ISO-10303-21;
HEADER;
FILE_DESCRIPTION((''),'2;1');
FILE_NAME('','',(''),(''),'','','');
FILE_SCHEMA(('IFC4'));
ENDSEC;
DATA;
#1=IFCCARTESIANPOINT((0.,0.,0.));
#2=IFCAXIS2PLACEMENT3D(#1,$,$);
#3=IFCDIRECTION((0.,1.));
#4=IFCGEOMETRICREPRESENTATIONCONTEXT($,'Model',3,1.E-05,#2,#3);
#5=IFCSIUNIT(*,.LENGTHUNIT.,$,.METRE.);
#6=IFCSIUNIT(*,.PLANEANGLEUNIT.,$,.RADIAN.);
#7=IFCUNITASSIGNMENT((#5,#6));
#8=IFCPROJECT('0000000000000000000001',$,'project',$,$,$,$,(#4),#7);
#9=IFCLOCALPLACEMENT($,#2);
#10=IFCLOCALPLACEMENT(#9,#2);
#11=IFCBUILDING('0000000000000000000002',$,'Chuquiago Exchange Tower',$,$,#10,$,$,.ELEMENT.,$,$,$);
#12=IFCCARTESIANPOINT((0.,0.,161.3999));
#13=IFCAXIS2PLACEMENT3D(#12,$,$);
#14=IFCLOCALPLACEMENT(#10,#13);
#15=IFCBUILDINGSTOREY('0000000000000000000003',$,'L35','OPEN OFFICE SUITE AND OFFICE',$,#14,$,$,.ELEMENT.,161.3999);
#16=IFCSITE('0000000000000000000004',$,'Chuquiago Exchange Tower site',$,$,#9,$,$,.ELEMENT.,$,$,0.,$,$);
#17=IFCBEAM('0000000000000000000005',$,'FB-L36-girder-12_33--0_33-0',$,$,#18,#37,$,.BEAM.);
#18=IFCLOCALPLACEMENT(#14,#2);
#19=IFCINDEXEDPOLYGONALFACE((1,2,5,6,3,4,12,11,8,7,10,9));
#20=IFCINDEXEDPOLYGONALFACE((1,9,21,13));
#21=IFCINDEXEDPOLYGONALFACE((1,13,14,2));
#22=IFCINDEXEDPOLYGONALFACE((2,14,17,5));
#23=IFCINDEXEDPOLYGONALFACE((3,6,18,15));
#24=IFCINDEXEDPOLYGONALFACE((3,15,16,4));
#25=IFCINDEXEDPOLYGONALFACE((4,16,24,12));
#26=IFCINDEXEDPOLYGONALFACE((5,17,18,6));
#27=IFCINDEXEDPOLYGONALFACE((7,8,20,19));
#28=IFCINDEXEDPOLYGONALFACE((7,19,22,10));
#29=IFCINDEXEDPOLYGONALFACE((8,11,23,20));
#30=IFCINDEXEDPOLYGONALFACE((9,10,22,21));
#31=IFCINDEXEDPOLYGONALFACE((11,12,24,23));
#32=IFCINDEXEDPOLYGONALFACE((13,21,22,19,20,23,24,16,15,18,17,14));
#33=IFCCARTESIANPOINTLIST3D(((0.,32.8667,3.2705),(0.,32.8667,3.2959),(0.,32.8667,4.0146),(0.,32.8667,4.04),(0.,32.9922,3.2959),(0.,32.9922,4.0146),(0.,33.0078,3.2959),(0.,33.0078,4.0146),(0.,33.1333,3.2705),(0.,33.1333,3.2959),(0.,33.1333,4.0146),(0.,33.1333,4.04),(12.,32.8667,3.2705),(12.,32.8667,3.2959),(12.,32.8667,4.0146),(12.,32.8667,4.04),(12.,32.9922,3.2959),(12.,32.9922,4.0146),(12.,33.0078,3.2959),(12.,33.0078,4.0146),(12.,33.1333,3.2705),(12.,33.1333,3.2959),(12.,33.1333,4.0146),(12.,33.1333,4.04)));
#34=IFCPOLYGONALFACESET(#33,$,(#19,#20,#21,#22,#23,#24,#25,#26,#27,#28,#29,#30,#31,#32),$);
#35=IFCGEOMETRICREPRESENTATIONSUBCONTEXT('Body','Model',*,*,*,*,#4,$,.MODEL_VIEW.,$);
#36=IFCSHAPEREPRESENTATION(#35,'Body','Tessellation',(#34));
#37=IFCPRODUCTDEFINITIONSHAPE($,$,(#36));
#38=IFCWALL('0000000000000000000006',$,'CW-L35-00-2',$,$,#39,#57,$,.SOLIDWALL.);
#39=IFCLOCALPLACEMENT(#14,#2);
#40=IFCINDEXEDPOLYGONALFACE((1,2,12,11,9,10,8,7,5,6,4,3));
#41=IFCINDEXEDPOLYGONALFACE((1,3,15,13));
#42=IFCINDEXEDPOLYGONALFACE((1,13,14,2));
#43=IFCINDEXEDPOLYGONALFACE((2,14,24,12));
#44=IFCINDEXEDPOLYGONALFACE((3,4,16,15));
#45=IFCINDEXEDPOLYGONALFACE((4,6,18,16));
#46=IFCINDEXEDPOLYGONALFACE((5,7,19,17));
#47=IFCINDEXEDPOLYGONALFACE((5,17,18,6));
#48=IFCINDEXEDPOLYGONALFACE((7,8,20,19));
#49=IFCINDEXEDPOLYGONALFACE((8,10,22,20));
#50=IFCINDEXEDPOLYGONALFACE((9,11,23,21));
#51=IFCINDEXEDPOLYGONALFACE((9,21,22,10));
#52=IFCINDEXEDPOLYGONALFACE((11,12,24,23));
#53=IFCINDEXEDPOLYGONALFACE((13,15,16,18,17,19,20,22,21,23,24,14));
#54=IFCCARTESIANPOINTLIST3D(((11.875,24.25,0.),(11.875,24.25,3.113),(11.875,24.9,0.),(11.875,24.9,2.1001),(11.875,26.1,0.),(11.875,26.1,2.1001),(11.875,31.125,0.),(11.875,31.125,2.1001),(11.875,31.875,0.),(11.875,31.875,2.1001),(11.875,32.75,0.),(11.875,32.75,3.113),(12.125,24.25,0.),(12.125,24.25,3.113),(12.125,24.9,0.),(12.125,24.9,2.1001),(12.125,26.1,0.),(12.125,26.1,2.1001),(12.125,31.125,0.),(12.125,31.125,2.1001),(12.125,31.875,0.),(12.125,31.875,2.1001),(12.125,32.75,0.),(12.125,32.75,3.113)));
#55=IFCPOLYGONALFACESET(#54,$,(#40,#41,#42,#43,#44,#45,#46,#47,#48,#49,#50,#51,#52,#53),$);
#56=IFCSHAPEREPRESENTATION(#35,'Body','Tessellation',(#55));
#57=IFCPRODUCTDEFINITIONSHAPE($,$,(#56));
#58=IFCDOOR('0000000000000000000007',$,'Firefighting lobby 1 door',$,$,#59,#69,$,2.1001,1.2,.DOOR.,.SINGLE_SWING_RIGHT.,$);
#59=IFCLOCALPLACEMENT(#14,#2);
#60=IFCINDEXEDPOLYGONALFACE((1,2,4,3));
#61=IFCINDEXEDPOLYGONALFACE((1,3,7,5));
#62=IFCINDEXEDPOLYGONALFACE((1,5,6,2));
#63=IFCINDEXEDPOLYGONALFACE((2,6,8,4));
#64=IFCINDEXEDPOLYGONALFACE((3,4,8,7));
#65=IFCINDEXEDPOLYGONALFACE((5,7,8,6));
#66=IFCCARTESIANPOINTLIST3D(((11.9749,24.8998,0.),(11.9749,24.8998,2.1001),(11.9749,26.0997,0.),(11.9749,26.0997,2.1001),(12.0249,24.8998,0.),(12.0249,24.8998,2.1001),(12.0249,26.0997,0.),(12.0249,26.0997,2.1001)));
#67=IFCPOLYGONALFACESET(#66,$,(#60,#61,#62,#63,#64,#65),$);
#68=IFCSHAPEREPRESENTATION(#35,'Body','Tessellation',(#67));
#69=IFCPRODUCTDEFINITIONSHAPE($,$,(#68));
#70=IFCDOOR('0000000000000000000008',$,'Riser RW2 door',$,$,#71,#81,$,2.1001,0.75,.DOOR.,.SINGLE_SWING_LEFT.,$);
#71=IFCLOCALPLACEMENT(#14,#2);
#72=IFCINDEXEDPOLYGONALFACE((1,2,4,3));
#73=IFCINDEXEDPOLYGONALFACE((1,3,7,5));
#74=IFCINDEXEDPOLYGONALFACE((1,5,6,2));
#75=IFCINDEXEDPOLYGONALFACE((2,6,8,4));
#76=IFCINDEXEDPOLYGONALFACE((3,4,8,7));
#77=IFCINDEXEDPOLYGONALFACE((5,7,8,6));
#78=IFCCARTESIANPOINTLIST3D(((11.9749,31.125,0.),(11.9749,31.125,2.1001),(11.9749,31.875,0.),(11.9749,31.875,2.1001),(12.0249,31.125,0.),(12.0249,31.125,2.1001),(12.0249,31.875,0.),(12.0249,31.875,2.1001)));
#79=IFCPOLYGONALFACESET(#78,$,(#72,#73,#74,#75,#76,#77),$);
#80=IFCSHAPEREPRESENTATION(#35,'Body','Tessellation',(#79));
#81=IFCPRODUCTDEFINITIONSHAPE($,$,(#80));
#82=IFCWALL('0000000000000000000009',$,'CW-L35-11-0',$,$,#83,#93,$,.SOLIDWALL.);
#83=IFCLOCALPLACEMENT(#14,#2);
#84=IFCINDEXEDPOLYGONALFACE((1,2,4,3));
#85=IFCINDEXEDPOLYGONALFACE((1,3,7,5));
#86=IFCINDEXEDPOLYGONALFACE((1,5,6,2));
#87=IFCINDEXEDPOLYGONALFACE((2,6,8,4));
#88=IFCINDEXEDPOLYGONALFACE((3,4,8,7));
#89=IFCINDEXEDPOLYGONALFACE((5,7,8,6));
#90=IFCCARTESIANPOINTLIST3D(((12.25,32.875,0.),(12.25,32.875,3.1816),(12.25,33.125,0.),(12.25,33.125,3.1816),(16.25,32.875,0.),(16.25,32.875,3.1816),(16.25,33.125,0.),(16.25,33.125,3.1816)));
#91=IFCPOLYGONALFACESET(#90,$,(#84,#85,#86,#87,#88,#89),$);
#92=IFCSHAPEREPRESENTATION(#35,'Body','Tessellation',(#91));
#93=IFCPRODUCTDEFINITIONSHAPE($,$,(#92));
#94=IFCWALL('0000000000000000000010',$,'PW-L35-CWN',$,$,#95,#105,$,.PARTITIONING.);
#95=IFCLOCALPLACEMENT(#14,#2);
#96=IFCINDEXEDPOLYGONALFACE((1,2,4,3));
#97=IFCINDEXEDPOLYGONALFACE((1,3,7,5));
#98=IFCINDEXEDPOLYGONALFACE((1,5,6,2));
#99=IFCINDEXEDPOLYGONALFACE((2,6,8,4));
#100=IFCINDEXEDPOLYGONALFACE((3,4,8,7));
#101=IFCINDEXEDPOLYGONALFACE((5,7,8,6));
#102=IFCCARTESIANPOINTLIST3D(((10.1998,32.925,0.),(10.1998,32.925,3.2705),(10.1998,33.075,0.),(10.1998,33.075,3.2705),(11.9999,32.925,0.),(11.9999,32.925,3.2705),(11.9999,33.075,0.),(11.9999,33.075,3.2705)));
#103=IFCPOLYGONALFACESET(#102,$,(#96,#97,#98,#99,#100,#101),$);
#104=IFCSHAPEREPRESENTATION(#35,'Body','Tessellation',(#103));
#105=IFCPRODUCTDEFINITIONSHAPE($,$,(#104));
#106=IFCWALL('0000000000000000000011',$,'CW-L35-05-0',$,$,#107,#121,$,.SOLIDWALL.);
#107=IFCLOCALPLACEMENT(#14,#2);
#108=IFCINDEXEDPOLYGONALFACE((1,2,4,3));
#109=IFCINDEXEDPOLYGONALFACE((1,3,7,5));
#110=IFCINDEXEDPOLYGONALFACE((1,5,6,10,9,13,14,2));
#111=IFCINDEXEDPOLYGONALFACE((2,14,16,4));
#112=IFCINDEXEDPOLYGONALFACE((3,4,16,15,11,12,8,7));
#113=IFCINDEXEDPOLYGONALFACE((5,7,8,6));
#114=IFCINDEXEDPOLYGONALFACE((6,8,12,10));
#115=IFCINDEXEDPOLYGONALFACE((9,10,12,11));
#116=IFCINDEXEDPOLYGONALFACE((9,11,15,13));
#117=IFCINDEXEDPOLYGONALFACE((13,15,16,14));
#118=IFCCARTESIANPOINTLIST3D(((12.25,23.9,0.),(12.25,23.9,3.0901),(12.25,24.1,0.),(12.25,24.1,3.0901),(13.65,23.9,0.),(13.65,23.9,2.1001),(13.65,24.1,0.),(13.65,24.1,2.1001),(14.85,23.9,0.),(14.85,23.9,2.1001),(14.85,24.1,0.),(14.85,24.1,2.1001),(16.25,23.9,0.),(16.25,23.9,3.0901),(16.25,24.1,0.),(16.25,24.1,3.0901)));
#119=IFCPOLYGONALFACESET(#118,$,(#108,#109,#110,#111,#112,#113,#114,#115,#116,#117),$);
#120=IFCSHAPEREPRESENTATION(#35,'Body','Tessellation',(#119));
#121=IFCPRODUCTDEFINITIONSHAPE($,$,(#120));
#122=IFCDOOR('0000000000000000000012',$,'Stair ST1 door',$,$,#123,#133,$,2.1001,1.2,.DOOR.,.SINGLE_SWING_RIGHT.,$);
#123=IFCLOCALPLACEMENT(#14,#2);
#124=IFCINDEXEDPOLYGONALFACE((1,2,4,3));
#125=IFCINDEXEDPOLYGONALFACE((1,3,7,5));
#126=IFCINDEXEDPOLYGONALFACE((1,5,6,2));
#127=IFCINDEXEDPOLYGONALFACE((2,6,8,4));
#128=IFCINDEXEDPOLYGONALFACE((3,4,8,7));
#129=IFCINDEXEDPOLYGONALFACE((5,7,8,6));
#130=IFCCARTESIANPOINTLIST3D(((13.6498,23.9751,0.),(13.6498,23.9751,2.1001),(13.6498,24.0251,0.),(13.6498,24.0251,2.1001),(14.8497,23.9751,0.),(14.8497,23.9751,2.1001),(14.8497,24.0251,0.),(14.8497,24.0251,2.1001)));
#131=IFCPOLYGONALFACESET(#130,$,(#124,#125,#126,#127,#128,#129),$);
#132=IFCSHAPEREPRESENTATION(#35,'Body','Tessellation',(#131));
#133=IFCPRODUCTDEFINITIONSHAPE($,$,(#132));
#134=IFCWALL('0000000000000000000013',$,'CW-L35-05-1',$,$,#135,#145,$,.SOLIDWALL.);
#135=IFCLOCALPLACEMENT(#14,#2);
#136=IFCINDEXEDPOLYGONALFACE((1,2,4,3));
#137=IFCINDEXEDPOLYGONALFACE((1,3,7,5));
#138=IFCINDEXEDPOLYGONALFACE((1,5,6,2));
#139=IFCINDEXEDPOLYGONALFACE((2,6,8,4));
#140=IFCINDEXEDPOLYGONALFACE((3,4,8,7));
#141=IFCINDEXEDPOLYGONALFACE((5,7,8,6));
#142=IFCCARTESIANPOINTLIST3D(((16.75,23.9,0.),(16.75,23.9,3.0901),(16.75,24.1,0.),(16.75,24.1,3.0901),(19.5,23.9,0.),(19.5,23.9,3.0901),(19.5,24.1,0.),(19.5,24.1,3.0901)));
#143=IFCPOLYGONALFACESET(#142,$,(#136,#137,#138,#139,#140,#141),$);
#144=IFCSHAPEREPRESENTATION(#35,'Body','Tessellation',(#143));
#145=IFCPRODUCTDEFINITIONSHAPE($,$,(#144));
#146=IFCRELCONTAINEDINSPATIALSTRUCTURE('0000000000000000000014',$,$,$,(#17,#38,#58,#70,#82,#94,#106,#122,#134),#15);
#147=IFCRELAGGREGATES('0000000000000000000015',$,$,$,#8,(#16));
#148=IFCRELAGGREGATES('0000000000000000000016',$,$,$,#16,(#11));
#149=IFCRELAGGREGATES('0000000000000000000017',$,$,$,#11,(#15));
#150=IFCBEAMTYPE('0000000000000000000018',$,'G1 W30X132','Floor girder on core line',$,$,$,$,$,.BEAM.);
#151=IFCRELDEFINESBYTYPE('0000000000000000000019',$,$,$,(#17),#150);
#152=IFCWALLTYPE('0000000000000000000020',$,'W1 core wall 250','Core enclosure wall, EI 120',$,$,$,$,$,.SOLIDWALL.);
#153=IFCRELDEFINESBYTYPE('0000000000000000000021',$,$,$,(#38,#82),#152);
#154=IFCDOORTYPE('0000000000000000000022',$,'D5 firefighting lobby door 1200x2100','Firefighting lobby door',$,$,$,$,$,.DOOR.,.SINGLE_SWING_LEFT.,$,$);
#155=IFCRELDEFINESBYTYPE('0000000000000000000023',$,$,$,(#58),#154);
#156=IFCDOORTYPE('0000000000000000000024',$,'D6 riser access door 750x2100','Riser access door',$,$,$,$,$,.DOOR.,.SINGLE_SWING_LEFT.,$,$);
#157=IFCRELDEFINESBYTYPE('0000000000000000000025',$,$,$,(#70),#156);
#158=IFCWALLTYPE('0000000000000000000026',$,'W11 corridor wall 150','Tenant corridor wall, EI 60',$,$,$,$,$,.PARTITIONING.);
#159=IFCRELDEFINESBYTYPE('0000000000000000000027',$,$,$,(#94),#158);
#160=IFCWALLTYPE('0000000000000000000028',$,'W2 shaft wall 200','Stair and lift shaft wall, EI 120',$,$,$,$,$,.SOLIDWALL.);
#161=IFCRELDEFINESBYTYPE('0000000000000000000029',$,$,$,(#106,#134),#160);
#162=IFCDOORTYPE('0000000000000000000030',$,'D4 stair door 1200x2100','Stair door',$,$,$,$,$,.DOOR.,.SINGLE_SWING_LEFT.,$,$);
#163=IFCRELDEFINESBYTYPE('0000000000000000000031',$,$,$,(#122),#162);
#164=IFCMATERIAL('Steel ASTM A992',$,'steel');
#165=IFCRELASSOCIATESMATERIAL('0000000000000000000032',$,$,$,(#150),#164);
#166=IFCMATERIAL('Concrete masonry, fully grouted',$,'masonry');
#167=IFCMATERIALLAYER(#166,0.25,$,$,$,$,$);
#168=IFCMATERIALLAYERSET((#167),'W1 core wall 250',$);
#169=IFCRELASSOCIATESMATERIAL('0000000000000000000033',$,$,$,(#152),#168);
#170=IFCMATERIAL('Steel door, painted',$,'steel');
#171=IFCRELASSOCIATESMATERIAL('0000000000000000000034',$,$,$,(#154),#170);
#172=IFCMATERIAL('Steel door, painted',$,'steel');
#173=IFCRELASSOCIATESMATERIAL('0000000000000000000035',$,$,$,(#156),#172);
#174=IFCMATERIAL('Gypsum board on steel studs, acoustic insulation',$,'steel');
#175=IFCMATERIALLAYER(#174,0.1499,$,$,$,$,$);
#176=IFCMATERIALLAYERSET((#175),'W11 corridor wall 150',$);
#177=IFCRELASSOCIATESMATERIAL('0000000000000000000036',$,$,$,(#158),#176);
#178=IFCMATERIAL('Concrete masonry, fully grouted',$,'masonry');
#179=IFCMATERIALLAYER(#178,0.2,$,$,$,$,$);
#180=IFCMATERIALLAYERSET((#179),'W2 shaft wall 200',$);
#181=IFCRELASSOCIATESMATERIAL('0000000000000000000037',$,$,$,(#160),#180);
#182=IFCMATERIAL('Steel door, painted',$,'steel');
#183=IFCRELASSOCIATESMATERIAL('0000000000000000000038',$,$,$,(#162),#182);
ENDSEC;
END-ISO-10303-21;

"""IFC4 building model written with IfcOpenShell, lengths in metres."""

from ifc_helpers import new_model, si_unit, direction, frame, frame_2d, origin, origin_2d, place, context, subcontext, project, spatial, rectangle, i_section, extrude, material, layer, layer_set, material_profile, profile_set, type_object, element, fill, save


model = new_model("IFC4")

# Units and contexts
model_context = context("Model", 3, precision=1e-05, world=origin(), true_north=direction((0.0, 1.0)))
body_context = subcontext(model_context, "Body", "Model", "MODEL_VIEW")
ifc_project = project(units=[si_unit("LENGTHUNIT", "METRE"), si_unit("PLANEANGLEUNIT", "RADIAN")], contexts=[model_context])

# Site, building, storey
site_placement = place(None, origin())
site = spatial("IfcSite", under=ifc_project, at=site_placement, Name="Chuquiago Exchange Tower site", CompositionType="ELEMENT", RefElevation=0.0)
building_placement = place(site_placement, origin())
building = spatial("IfcBuilding", under=site, at=building_placement, Name="Chuquiago Exchange Tower", CompositionType="ELEMENT")
storey_placement = place(building_placement, frame((0.0, 0.0, 161.3999)))
storey = spatial("IfcBuildingStorey", under=building, at=storey_placement, Name="L35", Description="OPEN OFFICE SUITE AND OFFICE", CompositionType="ELEMENT", Elevation=161.3999)

# Beam
ifc_material_1 = material(Name="Steel ASTM A992", Category="steel")
ifc_material_profile_1 = material_profile(ifc_material_1, i_section(OverallWidth=0.2666, OverallDepth=0.7695, WebThickness=0.0156, FlangeThickness=0.0254, at=origin_2d()), Name="W30X132")
ifc_profile_set_1 = profile_set([ifc_material_profile_1], Name="Steel ASTM A992")
beam_type_1 = type_object("IfcBeamType", Name="G1 W30X132", Description="Floor girder on core line", PredefinedType="BEAM", material=ifc_profile_set_1)
for number, where, z_axis, x_axis, name in (
    (1, (12.0, 33.0, 3.6553), (-1.0, 0.0, 0.0), (0.0, -1.0, 0.0), "FB-L36-girder-12_33--0_33-0"),
):
    element("IfcBeam", number, at=place(storey_placement, frame(where, z_axis=z_axis, x_axis=x_axis)), inside=storey, type_object=beam_type_1, Name=name, PredefinedType="BEAM", context=body_context, shape_type="SweptSolid", body=[
        extrude(i_section(OverallWidth=0.2666, OverallDepth=0.7695, WebThickness=0.0156, FlangeThickness=0.0254, at=origin_2d()), origin(), (0.0, 0.0, 1.0), 12.0),
    ])

# Wall, openings, doors
ifc_material_2 = material(Name="Concrete masonry, fully grouted", Category="masonry")
ifc_layer_1 = layer(ifc_material_2, 0.25)
ifc_layer_set_1 = layer_set([ifc_layer_1], Name="W1 core wall 250")
wall_type_1 = type_object("IfcWallType", Name="W1 core wall 250", Description="Core enclosure wall, EI 120", PredefinedType="SOLIDWALL", material=ifc_layer_set_1)
wall_1_placement = place(storey_placement, frame((12.0, 24.25, 0.0), z_axis=(0.0, 0.0, 1.0), x_axis=(0.0, 1.0, 0.0)))
wall_1 = element("IfcWall", 2, at=wall_1_placement, inside=storey, type_object=wall_type_1, Name="CW-L35-00-2", PredefinedType="SOLIDWALL", context=body_context, shape_type="SweptSolid", body=[
    extrude(rectangle(XDim=8.5, YDim=0.25, at=frame_2d((4.25, 0.0))), origin(), (0.0, 0.0, 1.0), 3.113),
])
opening_1_placement = place(wall_1_placement, frame((0.6499, 0.0, 0.0)))
opening_1 = element("IfcOpeningElement", 3, at=opening_1_placement, cuts=wall_1, PredefinedType="OPENING", context=body_context, shape_type="SweptSolid", body=[
    extrude(rectangle(XDim=1.2, YDim=2.1001, at=frame_2d((0.6001, 1.05))), frame((0.0, 0.135, 0.0), z_axis=(0.0, -1.0, 0.0), x_axis=(1.0, 0.0, 0.0)), (0.0, 0.0, 1.0), 0.27),
])
opening_2_placement = place(wall_1_placement, frame((6.875, 0.0, 0.0)))
opening_2 = element("IfcOpeningElement", 4, at=opening_2_placement, cuts=wall_1, PredefinedType="OPENING", context=body_context, shape_type="SweptSolid", body=[
    extrude(rectangle(XDim=0.75, YDim=2.1001, at=frame_2d((0.375, 1.05))), frame((0.0, 0.135, 0.0), z_axis=(0.0, -1.0, 0.0), x_axis=(1.0, 0.0, 0.0)), (0.0, 0.0, 1.0), 0.27),
])
ifc_material_3 = material(Name="Steel door, painted", Category="steel")
door_type_1 = type_object("IfcDoorType", Name="D5 firefighting lobby door 1200x2100", Description="Firefighting lobby door", OperationType="SINGLE_SWING_LEFT", PredefinedType="DOOR", material=ifc_material_3)
door_1_placement = place(opening_1_placement, frame((1.2, 0.0, 0.0), z_axis=(0.0, 0.0, 1.0), x_axis=(-1.0, 0.0, 0.0)))
door_1 = element("IfcDoor", 5, at=door_1_placement, inside=storey, type_object=door_type_1, Name="Firefighting lobby 1 door", OperationType="SINGLE_SWING_RIGHT", OverallHeight=2.1001, OverallWidth=1.2, PredefinedType="DOOR", context=body_context, shape_type="SweptSolid", body=[
    extrude(rectangle(XDim=1.2, YDim=2.1001, at=frame_2d((0.6001, 1.05))), frame((0.0, 0.0249, 0.0), z_axis=(0.0, -1.0, 0.0), x_axis=(1.0, 0.0, 0.0)), (0.0, 0.0, 1.0), 0.05),
])
fill(opening_1, door_1)
ifc_material_4 = material(Name="Steel door, painted", Category="steel")
door_type_2 = type_object("IfcDoorType", Name="D6 riser access door 750x2100", Description="Riser access door", OperationType="SINGLE_SWING_LEFT", PredefinedType="DOOR", material=ifc_material_4)
door_2_placement = place(opening_2_placement, frame((0.75, 0.0, 0.0), z_axis=(0.0, 0.0, 1.0), x_axis=(-1.0, 0.0, 0.0)))
door_2 = element("IfcDoor", 6, at=door_2_placement, inside=storey, type_object=door_type_2, Name="Riser RW2 door", OperationType="SINGLE_SWING_LEFT", OverallHeight=2.1001, OverallWidth=0.75, PredefinedType="DOOR", context=body_context, shape_type="SweptSolid", body=[
    extrude(rectangle(XDim=0.75, YDim=2.1001, at=frame_2d((0.375, 1.05))), frame((0.0, 0.0249, 0.0), z_axis=(0.0, -1.0, 0.0), x_axis=(1.0, 0.0, 0.0)), (0.0, 0.0, 1.0), 0.05),
])
fill(opening_2, door_2)

# Walls
wall_2_placement = place(storey_placement, frame((12.25, 33.0, 0.0), z_axis=(0.0, 0.0, 1.0), x_axis=(1.0, 0.0, 0.0)))
element("IfcWall", 7, at=wall_2_placement, inside=storey, type_object=wall_type_1, Name="CW-L35-11-0", PredefinedType="SOLIDWALL", context=body_context, shape_type="SweptSolid", body=[
    extrude(rectangle(XDim=4.0, YDim=0.25, at=frame_2d((2.0, 0.0))), origin(), (0.0, 0.0, 1.0), 3.1816),
])
ifc_material_5 = material(Name="Gypsum board on steel studs, acoustic insulation", Category="steel")
ifc_layer_2 = layer(ifc_material_5, 0.1499)
ifc_layer_set_2 = layer_set([ifc_layer_2], Name="W11 corridor wall 150")
wall_type_2 = type_object("IfcWallType", Name="W11 corridor wall 150", Description="Tenant corridor wall, EI 60", PredefinedType="PARTITIONING", material=ifc_layer_set_2)
wall_3_placement = place(storey_placement, frame((10.2, 33.0, 0.0), z_axis=(0.0, 0.0, 1.0), x_axis=(1.0, 0.0, 0.0)))
element("IfcWall", 8, at=wall_3_placement, inside=storey, type_object=wall_type_2, Name="PW-L35-CWN", PredefinedType="PARTITIONING", context=body_context, shape_type="SweptSolid", body=[
    extrude(rectangle(XDim=1.8, YDim=0.1499, at=frame_2d((0.8999, 0.0))), origin(), (0.0, 0.0, 1.0), 3.2705),
])

# Wall, opening, door
ifc_material_6 = material(Name="Concrete masonry, fully grouted", Category="masonry")
ifc_layer_3 = layer(ifc_material_6, 0.2)
ifc_layer_set_3 = layer_set([ifc_layer_3], Name="W2 shaft wall 200")
wall_type_3 = type_object("IfcWallType", Name="W2 shaft wall 200", Description="Stair and lift shaft wall, EI 120", PredefinedType="SOLIDWALL", material=ifc_layer_set_3)
wall_4_placement = place(storey_placement, frame((12.25, 24.0, 0.0), z_axis=(0.0, 0.0, 1.0), x_axis=(1.0, 0.0, 0.0)))
wall_4 = element("IfcWall", 9, at=wall_4_placement, inside=storey, type_object=wall_type_3, Name="CW-L35-05-0", PredefinedType="SOLIDWALL", context=body_context, shape_type="SweptSolid", body=[
    extrude(rectangle(XDim=4.0, YDim=0.2, at=frame_2d((2.0, 0.0))), origin(), (0.0, 0.0, 1.0), 3.0901),
])
opening_3_placement = place(wall_4_placement, frame((1.3999, 0.0, 0.0)))
opening_3 = element("IfcOpeningElement", 10, at=opening_3_placement, cuts=wall_4, PredefinedType="OPENING", context=body_context, shape_type="SweptSolid", body=[
    extrude(rectangle(XDim=1.2, YDim=2.1001, at=frame_2d((0.6001, 1.05))), frame((0.0, 0.1099, 0.0), z_axis=(0.0, -1.0, 0.0), x_axis=(1.0, 0.0, 0.0)), (0.0, 0.0, 1.0), 0.22),
])
ifc_material_7 = material(Name="Steel door, painted", Category="steel")
door_type_3 = type_object("IfcDoorType", Name="D4 stair door 1200x2100", Description="Stair door", OperationType="SINGLE_SWING_LEFT", PredefinedType="DOOR", material=ifc_material_7)
door_3_placement = place(opening_3_placement, frame((1.2, 0.0, 0.0), z_axis=(0.0, 0.0, 1.0), x_axis=(-1.0, 0.0, 0.0)))
door_3 = element("IfcDoor", 11, at=door_3_placement, inside=storey, type_object=door_type_3, Name="Stair ST1 door", OperationType="SINGLE_SWING_RIGHT", OverallHeight=2.1001, OverallWidth=1.2, PredefinedType="DOOR", context=body_context, shape_type="SweptSolid", body=[
    extrude(rectangle(XDim=1.2, YDim=2.1001, at=frame_2d((0.6001, 1.05))), frame((0.0, 0.0249, 0.0), z_axis=(0.0, -1.0, 0.0), x_axis=(1.0, 0.0, 0.0)), (0.0, 0.0, 1.0), 0.05),
])
fill(opening_3, door_3)

# Wall
wall_5_placement = place(storey_placement, frame((16.75, 24.0, 0.0), z_axis=(0.0, 0.0, 1.0), x_axis=(1.0, 0.0, 0.0)))
element("IfcWall", 12, at=wall_5_placement, inside=storey, type_object=wall_type_3, Name="CW-L35-05-1", PredefinedType="SOLIDWALL", context=body_context, shape_type="SweptSolid", body=[
    extrude(rectangle(XDim=2.75, YDim=0.2, at=frame_2d((1.375, 0.0))), origin(), (0.0, 0.0, 1.0), 3.0901),
])

save(model, "model.ifc")
